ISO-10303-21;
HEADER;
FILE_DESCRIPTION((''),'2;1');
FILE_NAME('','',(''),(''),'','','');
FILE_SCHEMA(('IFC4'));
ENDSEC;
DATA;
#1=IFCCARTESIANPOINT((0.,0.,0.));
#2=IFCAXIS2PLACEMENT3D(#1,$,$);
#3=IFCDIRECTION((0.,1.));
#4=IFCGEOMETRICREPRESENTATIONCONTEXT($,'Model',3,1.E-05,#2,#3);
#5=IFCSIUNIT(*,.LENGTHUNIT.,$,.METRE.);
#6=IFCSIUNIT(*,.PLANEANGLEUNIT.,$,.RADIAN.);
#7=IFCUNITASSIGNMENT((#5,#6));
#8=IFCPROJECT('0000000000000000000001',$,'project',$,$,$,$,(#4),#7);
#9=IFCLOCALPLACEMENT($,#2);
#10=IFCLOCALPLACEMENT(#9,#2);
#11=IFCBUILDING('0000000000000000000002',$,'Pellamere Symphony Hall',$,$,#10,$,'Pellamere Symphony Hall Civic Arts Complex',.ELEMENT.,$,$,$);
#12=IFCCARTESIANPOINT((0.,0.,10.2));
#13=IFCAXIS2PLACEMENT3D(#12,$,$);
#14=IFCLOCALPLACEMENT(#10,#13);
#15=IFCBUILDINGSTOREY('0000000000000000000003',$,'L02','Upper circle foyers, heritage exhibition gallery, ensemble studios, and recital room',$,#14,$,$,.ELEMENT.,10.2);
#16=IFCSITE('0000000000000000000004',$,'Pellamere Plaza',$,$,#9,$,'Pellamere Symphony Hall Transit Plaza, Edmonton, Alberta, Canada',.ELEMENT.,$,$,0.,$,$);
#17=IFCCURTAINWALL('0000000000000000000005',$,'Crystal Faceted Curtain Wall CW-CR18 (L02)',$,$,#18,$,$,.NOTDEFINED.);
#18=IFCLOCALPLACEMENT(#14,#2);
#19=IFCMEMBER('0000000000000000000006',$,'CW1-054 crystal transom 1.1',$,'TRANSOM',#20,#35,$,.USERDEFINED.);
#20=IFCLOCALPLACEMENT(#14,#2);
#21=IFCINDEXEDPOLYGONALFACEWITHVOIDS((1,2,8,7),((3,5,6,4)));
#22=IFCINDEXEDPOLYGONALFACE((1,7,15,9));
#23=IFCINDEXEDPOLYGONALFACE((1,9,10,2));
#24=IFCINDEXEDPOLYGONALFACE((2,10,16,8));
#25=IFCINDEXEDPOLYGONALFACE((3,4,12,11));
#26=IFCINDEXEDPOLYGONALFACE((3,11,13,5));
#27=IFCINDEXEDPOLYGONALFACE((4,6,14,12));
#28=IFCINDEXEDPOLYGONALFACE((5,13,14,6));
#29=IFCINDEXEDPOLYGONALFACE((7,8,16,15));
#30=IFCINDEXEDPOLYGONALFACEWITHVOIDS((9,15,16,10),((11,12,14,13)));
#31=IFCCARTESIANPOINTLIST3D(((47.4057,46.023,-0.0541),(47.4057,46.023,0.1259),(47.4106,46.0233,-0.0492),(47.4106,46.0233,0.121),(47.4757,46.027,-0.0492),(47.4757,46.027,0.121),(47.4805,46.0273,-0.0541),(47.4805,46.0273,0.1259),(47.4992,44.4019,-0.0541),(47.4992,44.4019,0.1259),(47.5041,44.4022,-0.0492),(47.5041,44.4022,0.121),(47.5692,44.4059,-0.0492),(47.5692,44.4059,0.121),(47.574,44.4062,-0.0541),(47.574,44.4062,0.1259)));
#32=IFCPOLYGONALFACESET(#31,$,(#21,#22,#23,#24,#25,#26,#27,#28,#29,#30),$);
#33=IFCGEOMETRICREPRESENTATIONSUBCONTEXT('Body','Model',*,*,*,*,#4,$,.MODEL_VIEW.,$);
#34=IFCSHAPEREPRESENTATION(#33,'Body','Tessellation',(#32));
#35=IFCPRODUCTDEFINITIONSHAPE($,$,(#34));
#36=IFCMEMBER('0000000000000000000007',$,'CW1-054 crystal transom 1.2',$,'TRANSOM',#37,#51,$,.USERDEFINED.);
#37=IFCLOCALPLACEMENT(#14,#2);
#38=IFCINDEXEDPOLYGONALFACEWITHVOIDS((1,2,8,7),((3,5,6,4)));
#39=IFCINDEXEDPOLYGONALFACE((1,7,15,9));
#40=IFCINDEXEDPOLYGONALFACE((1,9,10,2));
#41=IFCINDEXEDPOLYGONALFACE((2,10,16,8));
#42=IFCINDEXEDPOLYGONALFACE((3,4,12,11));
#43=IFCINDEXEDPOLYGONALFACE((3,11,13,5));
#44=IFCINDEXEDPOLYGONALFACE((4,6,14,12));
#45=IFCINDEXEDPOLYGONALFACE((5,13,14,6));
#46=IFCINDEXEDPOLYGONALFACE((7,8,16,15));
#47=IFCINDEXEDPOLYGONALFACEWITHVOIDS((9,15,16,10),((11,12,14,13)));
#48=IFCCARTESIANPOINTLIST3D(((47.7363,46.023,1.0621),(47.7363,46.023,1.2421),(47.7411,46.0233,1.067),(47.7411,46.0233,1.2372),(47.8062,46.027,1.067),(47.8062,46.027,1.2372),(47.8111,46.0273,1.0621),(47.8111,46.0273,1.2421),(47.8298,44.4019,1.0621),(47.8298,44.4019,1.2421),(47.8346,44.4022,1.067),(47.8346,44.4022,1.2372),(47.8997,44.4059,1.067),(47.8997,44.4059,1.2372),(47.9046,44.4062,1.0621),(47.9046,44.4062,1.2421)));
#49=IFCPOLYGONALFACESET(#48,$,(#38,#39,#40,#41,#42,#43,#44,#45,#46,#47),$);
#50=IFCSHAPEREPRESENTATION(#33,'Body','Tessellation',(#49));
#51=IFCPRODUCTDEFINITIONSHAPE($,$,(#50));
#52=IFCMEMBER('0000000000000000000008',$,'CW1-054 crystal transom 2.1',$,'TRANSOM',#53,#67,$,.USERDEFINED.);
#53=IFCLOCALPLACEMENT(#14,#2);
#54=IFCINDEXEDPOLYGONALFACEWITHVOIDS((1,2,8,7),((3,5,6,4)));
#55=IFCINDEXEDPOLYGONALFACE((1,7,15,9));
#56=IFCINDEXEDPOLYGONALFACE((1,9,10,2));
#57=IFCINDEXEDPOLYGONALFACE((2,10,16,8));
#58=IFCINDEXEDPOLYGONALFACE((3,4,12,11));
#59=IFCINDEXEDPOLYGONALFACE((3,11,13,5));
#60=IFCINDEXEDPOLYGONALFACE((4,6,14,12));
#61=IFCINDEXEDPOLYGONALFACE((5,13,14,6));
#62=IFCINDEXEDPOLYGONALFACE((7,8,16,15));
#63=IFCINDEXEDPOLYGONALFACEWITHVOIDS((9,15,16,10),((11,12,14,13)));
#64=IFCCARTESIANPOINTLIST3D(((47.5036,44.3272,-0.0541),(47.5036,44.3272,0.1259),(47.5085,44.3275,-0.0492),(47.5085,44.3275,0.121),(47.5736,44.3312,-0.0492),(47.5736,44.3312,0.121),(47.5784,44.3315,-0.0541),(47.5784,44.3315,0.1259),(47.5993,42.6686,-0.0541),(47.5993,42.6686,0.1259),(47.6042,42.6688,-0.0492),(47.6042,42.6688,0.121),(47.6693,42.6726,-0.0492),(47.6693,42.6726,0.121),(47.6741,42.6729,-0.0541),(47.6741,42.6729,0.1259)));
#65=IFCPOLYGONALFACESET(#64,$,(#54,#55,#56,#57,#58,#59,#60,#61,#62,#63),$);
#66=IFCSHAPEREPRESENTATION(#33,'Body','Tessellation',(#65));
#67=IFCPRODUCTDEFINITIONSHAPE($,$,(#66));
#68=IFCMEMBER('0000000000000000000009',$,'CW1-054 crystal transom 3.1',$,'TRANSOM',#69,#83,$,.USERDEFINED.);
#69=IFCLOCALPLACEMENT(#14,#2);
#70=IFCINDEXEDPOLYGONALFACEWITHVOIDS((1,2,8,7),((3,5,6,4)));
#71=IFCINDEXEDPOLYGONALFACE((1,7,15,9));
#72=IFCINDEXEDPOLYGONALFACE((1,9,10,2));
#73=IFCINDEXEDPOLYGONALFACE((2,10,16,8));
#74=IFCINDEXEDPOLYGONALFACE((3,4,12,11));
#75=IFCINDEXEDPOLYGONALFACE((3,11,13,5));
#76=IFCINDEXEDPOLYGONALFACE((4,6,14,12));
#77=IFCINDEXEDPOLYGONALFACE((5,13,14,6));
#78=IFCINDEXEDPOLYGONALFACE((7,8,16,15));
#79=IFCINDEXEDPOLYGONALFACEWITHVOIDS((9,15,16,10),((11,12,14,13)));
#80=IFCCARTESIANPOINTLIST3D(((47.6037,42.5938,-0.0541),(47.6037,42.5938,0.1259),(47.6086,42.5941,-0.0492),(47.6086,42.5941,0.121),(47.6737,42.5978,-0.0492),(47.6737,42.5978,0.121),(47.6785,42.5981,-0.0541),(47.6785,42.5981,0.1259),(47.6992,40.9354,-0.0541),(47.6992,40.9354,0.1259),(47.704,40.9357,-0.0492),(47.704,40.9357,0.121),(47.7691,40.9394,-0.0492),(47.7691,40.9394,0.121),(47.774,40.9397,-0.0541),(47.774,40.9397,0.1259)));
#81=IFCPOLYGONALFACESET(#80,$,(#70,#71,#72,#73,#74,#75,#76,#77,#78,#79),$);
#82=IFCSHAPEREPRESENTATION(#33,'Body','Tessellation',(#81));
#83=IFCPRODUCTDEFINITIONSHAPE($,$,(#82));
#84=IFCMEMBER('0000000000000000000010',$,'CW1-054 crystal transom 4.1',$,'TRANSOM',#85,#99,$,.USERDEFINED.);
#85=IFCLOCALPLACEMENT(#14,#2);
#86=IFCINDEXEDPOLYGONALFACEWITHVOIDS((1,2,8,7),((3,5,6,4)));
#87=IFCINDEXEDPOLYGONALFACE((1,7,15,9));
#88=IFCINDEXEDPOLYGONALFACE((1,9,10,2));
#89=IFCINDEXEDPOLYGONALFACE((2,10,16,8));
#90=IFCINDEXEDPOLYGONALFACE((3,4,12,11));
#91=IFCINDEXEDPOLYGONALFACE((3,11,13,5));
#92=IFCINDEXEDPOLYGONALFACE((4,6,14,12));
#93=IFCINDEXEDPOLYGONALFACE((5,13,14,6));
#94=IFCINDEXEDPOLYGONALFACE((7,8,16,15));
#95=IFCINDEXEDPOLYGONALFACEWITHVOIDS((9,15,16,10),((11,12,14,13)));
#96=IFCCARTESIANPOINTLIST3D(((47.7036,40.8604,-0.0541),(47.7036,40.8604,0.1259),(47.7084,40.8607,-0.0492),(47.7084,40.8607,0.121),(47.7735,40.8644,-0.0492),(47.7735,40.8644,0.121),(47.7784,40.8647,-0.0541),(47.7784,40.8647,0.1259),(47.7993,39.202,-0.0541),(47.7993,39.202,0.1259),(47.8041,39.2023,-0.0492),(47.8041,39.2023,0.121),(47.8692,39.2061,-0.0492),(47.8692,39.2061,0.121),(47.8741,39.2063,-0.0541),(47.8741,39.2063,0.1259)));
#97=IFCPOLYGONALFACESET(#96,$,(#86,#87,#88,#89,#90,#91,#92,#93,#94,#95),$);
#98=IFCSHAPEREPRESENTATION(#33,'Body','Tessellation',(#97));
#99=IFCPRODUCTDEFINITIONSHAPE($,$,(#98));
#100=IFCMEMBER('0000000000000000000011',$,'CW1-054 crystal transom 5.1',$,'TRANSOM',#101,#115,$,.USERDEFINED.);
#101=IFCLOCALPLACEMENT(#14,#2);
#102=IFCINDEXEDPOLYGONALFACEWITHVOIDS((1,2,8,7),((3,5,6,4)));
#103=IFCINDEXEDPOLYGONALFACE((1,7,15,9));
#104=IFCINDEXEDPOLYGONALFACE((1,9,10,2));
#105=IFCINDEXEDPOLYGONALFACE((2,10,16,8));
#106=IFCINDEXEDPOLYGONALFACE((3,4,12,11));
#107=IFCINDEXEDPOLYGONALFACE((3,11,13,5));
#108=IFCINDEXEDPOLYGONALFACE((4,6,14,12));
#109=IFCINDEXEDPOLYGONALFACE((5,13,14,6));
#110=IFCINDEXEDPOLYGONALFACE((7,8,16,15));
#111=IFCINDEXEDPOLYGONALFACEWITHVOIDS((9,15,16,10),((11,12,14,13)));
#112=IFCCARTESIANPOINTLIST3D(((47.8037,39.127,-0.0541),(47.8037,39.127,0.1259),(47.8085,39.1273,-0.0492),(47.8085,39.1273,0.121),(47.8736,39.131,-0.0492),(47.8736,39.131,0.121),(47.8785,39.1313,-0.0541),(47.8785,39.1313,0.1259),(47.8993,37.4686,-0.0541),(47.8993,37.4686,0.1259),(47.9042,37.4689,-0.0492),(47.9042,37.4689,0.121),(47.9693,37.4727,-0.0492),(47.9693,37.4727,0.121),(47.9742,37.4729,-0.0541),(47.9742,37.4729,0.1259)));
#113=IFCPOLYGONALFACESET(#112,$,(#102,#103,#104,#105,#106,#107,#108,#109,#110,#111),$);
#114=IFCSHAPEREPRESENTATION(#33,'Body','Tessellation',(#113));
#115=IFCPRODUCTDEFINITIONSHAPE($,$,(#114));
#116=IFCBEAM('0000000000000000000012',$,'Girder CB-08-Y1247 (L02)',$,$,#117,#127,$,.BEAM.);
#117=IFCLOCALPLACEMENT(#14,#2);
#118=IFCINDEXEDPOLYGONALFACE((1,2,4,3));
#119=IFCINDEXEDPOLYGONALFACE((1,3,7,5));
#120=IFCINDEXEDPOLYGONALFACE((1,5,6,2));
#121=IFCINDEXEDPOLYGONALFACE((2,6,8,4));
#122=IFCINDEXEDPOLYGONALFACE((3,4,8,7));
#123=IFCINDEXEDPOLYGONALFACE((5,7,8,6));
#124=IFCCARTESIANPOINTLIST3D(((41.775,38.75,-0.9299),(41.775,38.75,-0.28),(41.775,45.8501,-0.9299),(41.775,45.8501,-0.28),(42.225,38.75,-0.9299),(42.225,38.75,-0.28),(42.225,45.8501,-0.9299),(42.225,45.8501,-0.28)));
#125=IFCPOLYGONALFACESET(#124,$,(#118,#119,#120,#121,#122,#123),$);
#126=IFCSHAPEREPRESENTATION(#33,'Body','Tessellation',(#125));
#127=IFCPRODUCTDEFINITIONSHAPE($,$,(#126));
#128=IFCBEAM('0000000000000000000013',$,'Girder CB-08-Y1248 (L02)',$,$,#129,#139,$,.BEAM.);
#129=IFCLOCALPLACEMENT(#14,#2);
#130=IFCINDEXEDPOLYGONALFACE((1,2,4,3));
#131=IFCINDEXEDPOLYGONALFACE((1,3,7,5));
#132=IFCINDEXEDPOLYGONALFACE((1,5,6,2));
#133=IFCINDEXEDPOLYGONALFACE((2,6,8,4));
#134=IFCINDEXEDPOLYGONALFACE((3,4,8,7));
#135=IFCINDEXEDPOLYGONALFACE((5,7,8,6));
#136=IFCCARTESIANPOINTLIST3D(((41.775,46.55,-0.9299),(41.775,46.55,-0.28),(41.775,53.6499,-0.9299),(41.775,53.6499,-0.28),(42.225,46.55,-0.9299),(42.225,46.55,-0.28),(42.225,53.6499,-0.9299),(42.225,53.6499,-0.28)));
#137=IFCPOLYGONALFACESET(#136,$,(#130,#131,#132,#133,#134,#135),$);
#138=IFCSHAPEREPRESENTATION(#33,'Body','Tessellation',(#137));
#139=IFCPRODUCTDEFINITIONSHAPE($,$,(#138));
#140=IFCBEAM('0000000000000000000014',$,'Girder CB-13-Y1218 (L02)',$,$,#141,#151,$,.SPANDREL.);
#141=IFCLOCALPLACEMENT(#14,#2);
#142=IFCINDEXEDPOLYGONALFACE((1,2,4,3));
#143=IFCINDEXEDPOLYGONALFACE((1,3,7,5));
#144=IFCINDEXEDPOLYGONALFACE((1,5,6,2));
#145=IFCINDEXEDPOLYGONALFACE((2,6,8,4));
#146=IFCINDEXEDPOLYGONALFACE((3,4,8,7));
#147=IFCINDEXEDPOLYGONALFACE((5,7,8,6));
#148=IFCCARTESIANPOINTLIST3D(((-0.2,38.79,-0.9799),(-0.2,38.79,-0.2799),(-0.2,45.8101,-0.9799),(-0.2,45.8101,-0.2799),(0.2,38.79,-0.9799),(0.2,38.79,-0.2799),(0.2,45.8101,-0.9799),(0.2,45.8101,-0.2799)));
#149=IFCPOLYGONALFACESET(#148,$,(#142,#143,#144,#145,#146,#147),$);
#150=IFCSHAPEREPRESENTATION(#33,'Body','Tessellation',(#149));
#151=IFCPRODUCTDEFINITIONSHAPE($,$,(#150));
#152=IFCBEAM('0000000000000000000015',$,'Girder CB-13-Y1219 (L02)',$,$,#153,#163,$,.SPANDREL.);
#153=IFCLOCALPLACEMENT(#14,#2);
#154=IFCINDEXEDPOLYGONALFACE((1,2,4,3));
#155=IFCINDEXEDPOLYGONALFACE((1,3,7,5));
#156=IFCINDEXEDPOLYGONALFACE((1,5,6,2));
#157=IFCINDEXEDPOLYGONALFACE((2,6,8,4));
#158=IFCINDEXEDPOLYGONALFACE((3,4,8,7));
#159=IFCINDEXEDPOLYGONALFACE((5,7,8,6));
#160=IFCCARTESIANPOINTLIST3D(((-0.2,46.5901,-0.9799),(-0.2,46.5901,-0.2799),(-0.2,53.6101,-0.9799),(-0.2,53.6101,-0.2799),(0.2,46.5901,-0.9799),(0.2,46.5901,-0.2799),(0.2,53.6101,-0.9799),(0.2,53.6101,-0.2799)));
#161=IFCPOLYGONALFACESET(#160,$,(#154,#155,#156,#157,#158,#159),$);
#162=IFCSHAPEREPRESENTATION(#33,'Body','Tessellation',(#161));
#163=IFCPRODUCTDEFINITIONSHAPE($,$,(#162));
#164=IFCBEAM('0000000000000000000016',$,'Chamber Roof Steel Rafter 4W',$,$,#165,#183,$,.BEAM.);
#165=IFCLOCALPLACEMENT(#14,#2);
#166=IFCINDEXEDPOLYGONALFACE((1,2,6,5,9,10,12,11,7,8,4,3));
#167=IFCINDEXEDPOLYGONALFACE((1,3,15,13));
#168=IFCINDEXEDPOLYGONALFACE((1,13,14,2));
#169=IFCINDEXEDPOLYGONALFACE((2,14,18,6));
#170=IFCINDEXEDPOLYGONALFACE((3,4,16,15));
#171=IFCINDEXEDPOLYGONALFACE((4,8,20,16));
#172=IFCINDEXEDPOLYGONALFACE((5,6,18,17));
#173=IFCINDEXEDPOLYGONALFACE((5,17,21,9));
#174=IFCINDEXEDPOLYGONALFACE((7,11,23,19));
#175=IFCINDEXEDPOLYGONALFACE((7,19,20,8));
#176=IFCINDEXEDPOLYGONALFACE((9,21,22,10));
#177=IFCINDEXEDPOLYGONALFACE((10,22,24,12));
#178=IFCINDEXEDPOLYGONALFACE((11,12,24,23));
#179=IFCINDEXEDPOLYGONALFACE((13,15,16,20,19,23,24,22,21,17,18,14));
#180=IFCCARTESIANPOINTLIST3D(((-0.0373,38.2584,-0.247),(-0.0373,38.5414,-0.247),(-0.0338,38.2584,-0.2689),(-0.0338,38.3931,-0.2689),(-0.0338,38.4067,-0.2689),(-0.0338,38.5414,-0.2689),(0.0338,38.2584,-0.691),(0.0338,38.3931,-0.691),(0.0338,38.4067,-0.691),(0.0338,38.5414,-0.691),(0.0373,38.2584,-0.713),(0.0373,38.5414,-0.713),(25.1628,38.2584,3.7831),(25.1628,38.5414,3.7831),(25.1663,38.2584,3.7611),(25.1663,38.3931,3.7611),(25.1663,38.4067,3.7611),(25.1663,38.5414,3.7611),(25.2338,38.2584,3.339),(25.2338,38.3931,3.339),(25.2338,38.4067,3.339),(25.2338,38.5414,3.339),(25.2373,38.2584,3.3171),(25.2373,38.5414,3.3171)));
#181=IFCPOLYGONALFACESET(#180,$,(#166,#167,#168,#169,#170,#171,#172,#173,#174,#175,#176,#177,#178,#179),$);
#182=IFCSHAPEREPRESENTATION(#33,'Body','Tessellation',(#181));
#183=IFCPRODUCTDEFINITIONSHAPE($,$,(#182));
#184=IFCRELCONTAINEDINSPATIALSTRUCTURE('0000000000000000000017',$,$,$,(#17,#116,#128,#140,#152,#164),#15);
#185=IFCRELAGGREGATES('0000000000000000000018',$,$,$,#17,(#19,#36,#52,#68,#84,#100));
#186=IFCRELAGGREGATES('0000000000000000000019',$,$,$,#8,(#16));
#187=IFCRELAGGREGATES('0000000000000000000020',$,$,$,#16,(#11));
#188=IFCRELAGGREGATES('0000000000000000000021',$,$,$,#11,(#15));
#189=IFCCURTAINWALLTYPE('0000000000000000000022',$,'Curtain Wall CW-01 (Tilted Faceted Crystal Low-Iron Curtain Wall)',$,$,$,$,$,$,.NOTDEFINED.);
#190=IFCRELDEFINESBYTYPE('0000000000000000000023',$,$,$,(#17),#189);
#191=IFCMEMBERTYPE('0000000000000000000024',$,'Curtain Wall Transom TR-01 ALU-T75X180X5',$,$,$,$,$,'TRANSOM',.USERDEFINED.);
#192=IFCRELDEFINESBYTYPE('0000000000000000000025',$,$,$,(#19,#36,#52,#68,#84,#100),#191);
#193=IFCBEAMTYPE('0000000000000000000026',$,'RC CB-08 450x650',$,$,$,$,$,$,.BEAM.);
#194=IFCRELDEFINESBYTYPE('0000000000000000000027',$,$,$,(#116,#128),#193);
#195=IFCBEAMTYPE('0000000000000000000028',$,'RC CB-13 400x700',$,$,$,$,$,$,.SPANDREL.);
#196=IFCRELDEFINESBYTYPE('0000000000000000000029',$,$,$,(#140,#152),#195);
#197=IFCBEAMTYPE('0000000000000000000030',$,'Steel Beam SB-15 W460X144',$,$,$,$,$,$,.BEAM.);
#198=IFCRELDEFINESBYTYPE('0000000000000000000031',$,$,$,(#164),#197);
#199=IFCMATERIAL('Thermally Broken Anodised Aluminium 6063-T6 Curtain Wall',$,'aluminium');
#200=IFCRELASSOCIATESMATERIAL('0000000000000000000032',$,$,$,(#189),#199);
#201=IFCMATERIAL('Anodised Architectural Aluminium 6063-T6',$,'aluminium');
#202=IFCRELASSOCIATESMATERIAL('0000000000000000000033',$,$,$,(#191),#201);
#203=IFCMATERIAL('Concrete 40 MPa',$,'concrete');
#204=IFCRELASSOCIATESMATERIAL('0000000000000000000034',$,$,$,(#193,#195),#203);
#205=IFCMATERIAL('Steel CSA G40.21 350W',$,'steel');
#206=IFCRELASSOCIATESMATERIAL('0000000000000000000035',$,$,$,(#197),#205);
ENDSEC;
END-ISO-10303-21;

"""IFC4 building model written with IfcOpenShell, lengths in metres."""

from ifc_helpers import new_model, si_unit, direction, frame, origin, origin_2d, place, context, subcontext, project, spatial, rectangle, hollow_rectangle, i_section, extrude, material, material_profile, profile_set, type_object, element, aggregate, save


model = new_model("IFC4")

# Units and contexts
model_context = context("Model", 3, precision=1e-05, world=origin(), true_north=direction((0.0, 1.0)))
body_context = subcontext(model_context, "Body", "Model", "MODEL_VIEW")
ifc_project = project(units=[si_unit("LENGTHUNIT", "METRE"), si_unit("PLANEANGLEUNIT", "RADIAN")], contexts=[model_context])

# Site, building, storey
site_placement = place(None, origin())
site = spatial("IfcSite", under=ifc_project, at=site_placement, Name="Pellamere Plaza", LongName="Pellamere Symphony Hall Transit Plaza, Edmonton, Alberta, Canada", CompositionType="ELEMENT", RefElevation=0.0)
building_placement = place(site_placement, origin())
building = spatial("IfcBuilding", under=site, at=building_placement, Name="Pellamere Symphony Hall", LongName="Pellamere Symphony Hall Civic Arts Complex", CompositionType="ELEMENT")
storey_placement = place(building_placement, frame((0.0, 0.0, 10.2)))
storey = spatial("IfcBuildingStorey", under=building, at=storey_placement, Name="L02", Description="Upper circle foyers, heritage exhibition gallery, ensemble studios, and recital room", CompositionType="ELEMENT", Elevation=10.2)

# Shared definitions
ifc_material_1 = material(Name="Concrete 40 MPa", Category="concrete")

# Curtain wall
ifc_material_2 = material(Name="Thermally Broken Anodised Aluminium 6063-T6 Curtain Wall", Category="aluminium")
curtain_wall_type = type_object("IfcCurtainWallType", Name="Curtain Wall CW-01 (Tilted Faceted Crystal Low-Iron Curtain Wall)", PredefinedType="NOTDEFINED", material=ifc_material_2)
curtain_wall_1_placement = place(storey_placement, origin())
curtain_wall_1 = element("IfcCurtainWall", 1, at=curtain_wall_1_placement, inside=storey, type_object=curtain_wall_type, Name="Crystal Faceted Curtain Wall CW-CR18 (L02)", PredefinedType="NOTDEFINED")
ifc_material_3 = material(Name="Anodised Architectural Aluminium 6063-T6", Category="aluminium")
ifc_material_profile_1 = material_profile(ifc_material_3, hollow_rectangle(XDim=0.075, YDim=0.1799, WallThickness=0.0049, at=origin_2d()), Name="ALU-T75X180X5")
ifc_profile_set_1 = profile_set([ifc_material_profile_1], Name="Anodised Architectural Aluminium 6063-T6")
member_type_1 = type_object("IfcMemberType", Name="Curtain Wall Transom TR-01 ALU-T75X180X5", ElementType="TRANSOM", PredefinedType="USERDEFINED", material=ifc_profile_set_1)

# Members
member_1_placement = place(storey_placement, frame((47.4431, 46.0251, 0.0359), z_axis=(0.057585, -0.998341, 0.0), x_axis=(0.998341, 0.057585, 0.0)))
member_1 = element("IfcMember", 2, at=member_1_placement, type_object=member_type_1, Name="CW1-054 crystal transom 1.1", ObjectType="TRANSOM", PredefinedType="USERDEFINED", context=body_context, shape_type="SweptSolid", body=[
    extrude(hollow_rectangle(XDim=0.075, YDim=0.1799, WallThickness=0.0049, at=origin_2d()), origin(), (0.0, 0.0, 1.0), 1.6238),
])
member_2_placement = place(storey_placement, frame((47.7737, 46.0251, 1.1521), z_axis=(0.057585, -0.998341, 0.0), x_axis=(0.998341, 0.057585, 0.0)))
member_2 = element("IfcMember", 3, at=member_2_placement, type_object=member_type_1, Name="CW1-054 crystal transom 1.2", ObjectType="TRANSOM", PredefinedType="USERDEFINED", context=body_context, shape_type="SweptSolid", body=[
    extrude(hollow_rectangle(XDim=0.075, YDim=0.1799, WallThickness=0.0049, at=origin_2d()), origin(), (0.0, 0.0, 1.0), 1.6238),
])
member_3_placement = place(storey_placement, frame((47.541, 44.3293, 0.0359), z_axis=(0.057602, -0.99834, 0.0), x_axis=(0.99834, 0.057602, 0.0)))
member_3 = element("IfcMember", 4, at=member_3_placement, type_object=member_type_1, Name="CW1-054 crystal transom 2.1", ObjectType="TRANSOM", PredefinedType="USERDEFINED", context=body_context, shape_type="SweptSolid", body=[
    extrude(hollow_rectangle(XDim=0.075, YDim=0.1799, WallThickness=0.0049, at=origin_2d()), origin(), (0.0, 0.0, 1.0), 1.6614),
])
member_4_placement = place(storey_placement, frame((47.6411, 42.5959, 0.0359), z_axis=(0.057464, -0.998348, 0.0), x_axis=(0.998348, 0.057464, 0.0)))
member_4 = element("IfcMember", 5, at=member_4_placement, type_object=member_type_1, Name="CW1-054 crystal transom 3.1", ObjectType="TRANSOM", PredefinedType="USERDEFINED", context=body_context, shape_type="SweptSolid", body=[
    extrude(hollow_rectangle(XDim=0.075, YDim=0.1799, WallThickness=0.0049, at=origin_2d()), origin(), (0.0, 0.0, 1.0), 1.6611),
])
member_5_placement = place(storey_placement, frame((47.741, 40.8625, 0.0359), z_axis=(0.057611, -0.998339, 0.0), x_axis=(0.998339, 0.057611, 0.0)))
member_5 = element("IfcMember", 6, at=member_5_placement, type_object=member_type_1, Name="CW1-054 crystal transom 4.1", ObjectType="TRANSOM", PredefinedType="USERDEFINED", context=body_context, shape_type="SweptSolid", body=[
    extrude(hollow_rectangle(XDim=0.075, YDim=0.1799, WallThickness=0.0049, at=origin_2d()), origin(), (0.0, 0.0, 1.0), 1.6611),
])
member_6_placement = place(storey_placement, frame((47.8411, 39.1292, 0.0359), z_axis=(0.057611, -0.998339, 0.0), x_axis=(0.998339, 0.057611, 0.0)))
member_6 = element("IfcMember", 7, at=member_6_placement, type_object=member_type_1, Name="CW1-054 crystal transom 5.1", ObjectType="TRANSOM", PredefinedType="USERDEFINED", context=body_context, shape_type="SweptSolid", body=[
    extrude(hollow_rectangle(XDim=0.075, YDim=0.1799, WallThickness=0.0049, at=origin_2d()), origin(), (0.0, 0.0, 1.0), 1.6611),
])

# Beams
ifc_material_profile_2 = material_profile(ifc_material_1, rectangle(XDim=0.45, YDim=0.6499, at=origin_2d()), Name="RC 450x650")
ifc_profile_set_2 = profile_set([ifc_material_profile_2], Name="Concrete 40 MPa")
beam_type_1 = type_object("IfcBeamType", Name="RC CB-08 450x650", PredefinedType="BEAM", material=ifc_profile_set_2)
beam_1_placement = place(storey_placement, frame((42.0, 38.75, -0.605), z_axis=(0.0, 1.0, 0.0), x_axis=(-1.0, 0.0, 0.0)))
element("IfcBeam", 8, at=beam_1_placement, inside=storey, type_object=beam_type_1, Name="Girder CB-08-Y1247 (L02)", PredefinedType="BEAM", context=body_context, shape_type="SweptSolid", body=[
    extrude(rectangle(XDim=0.45, YDim=0.6499, at=origin_2d()), origin(), (0.0, 0.0, 1.0), 7.1001),
])
beam_2_placement = place(storey_placement, frame((42.0, 46.55, -0.605), z_axis=(0.0, 1.0, 0.0), x_axis=(-1.0, 0.0, 0.0)))
element("IfcBeam", 9, at=beam_2_placement, inside=storey, type_object=beam_type_1, Name="Girder CB-08-Y1248 (L02)", PredefinedType="BEAM", context=body_context, shape_type="SweptSolid", body=[
    extrude(rectangle(XDim=0.45, YDim=0.6499, at=origin_2d()), origin(), (0.0, 0.0, 1.0), 7.0999),
])
ifc_material_profile_3 = material_profile(ifc_material_1, rectangle(XDim=0.3999, YDim=0.7, at=origin_2d()), Name="RC 400x700")
ifc_profile_set_3 = profile_set([ifc_material_profile_3], Name="Concrete 40 MPa")
beam_type_2 = type_object("IfcBeamType", Name="RC CB-13 400x700", PredefinedType="SPANDREL", material=ifc_profile_set_3)
for number, where, z_axis, x_axis, name in (
    (10, (0.0, 38.79, -0.6299), (0.0, 1.0, 0.0), (-1.0, 0.0, 0.0), "Girder CB-13-Y1218 (L02)"),
    (11, (0.0, 46.5901, -0.6299), (0.0, 1.0, 0.0), (-1.0, 0.0, 0.0), "Girder CB-13-Y1219 (L02)"),
):
    element("IfcBeam", number, at=place(storey_placement, frame(where, z_axis=z_axis, x_axis=x_axis)), inside=storey, type_object=beam_type_2, Name=name, PredefinedType="SPANDREL", context=body_context, shape_type="SweptSolid", body=[
        extrude(rectangle(XDim=0.3999, YDim=0.7, at=origin_2d()), origin(), (0.0, 0.0, 1.0), 7.02),
    ])
ifc_material_4 = material(Name="Steel CSA G40.21 350W", Category="steel")
ifc_material_profile_4 = material_profile(ifc_material_4, i_section(OverallWidth=0.283, OverallDepth=0.4719, WebThickness=0.0137, FlangeThickness=0.0222, at=origin_2d()), Name="W460X144")
ifc_profile_set_4 = profile_set([ifc_material_profile_4], Name="Steel CSA G40.21 350W")
beam_type_3 = type_object("IfcBeamType", Name="Steel Beam SB-15 W460X144", PredefinedType="BEAM", material=ifc_profile_set_4)
beam_3_placement = place(storey_placement, frame((0.0, 38.3999, -0.48), z_axis=(0.987453, 0.0, 0.157916), x_axis=(0.0, 1.0, 0.0)))
element("IfcBeam", 12, at=beam_3_placement, inside=storey, type_object=beam_type_3, Name="Chamber Roof Steel Rafter 4W", PredefinedType="BEAM", context=body_context, shape_type="SweptSolid", body=[
    extrude(i_section(OverallWidth=0.283, OverallDepth=0.4719, WebThickness=0.0137, FlangeThickness=0.0222, at=origin_2d()), origin(), (0.0, 0.0, 1.0), 25.5203),
])

aggregate(curtain_wall_1, [member_1, member_2, member_3, member_4, member_5, member_6])

save(model, "model.ifc")
